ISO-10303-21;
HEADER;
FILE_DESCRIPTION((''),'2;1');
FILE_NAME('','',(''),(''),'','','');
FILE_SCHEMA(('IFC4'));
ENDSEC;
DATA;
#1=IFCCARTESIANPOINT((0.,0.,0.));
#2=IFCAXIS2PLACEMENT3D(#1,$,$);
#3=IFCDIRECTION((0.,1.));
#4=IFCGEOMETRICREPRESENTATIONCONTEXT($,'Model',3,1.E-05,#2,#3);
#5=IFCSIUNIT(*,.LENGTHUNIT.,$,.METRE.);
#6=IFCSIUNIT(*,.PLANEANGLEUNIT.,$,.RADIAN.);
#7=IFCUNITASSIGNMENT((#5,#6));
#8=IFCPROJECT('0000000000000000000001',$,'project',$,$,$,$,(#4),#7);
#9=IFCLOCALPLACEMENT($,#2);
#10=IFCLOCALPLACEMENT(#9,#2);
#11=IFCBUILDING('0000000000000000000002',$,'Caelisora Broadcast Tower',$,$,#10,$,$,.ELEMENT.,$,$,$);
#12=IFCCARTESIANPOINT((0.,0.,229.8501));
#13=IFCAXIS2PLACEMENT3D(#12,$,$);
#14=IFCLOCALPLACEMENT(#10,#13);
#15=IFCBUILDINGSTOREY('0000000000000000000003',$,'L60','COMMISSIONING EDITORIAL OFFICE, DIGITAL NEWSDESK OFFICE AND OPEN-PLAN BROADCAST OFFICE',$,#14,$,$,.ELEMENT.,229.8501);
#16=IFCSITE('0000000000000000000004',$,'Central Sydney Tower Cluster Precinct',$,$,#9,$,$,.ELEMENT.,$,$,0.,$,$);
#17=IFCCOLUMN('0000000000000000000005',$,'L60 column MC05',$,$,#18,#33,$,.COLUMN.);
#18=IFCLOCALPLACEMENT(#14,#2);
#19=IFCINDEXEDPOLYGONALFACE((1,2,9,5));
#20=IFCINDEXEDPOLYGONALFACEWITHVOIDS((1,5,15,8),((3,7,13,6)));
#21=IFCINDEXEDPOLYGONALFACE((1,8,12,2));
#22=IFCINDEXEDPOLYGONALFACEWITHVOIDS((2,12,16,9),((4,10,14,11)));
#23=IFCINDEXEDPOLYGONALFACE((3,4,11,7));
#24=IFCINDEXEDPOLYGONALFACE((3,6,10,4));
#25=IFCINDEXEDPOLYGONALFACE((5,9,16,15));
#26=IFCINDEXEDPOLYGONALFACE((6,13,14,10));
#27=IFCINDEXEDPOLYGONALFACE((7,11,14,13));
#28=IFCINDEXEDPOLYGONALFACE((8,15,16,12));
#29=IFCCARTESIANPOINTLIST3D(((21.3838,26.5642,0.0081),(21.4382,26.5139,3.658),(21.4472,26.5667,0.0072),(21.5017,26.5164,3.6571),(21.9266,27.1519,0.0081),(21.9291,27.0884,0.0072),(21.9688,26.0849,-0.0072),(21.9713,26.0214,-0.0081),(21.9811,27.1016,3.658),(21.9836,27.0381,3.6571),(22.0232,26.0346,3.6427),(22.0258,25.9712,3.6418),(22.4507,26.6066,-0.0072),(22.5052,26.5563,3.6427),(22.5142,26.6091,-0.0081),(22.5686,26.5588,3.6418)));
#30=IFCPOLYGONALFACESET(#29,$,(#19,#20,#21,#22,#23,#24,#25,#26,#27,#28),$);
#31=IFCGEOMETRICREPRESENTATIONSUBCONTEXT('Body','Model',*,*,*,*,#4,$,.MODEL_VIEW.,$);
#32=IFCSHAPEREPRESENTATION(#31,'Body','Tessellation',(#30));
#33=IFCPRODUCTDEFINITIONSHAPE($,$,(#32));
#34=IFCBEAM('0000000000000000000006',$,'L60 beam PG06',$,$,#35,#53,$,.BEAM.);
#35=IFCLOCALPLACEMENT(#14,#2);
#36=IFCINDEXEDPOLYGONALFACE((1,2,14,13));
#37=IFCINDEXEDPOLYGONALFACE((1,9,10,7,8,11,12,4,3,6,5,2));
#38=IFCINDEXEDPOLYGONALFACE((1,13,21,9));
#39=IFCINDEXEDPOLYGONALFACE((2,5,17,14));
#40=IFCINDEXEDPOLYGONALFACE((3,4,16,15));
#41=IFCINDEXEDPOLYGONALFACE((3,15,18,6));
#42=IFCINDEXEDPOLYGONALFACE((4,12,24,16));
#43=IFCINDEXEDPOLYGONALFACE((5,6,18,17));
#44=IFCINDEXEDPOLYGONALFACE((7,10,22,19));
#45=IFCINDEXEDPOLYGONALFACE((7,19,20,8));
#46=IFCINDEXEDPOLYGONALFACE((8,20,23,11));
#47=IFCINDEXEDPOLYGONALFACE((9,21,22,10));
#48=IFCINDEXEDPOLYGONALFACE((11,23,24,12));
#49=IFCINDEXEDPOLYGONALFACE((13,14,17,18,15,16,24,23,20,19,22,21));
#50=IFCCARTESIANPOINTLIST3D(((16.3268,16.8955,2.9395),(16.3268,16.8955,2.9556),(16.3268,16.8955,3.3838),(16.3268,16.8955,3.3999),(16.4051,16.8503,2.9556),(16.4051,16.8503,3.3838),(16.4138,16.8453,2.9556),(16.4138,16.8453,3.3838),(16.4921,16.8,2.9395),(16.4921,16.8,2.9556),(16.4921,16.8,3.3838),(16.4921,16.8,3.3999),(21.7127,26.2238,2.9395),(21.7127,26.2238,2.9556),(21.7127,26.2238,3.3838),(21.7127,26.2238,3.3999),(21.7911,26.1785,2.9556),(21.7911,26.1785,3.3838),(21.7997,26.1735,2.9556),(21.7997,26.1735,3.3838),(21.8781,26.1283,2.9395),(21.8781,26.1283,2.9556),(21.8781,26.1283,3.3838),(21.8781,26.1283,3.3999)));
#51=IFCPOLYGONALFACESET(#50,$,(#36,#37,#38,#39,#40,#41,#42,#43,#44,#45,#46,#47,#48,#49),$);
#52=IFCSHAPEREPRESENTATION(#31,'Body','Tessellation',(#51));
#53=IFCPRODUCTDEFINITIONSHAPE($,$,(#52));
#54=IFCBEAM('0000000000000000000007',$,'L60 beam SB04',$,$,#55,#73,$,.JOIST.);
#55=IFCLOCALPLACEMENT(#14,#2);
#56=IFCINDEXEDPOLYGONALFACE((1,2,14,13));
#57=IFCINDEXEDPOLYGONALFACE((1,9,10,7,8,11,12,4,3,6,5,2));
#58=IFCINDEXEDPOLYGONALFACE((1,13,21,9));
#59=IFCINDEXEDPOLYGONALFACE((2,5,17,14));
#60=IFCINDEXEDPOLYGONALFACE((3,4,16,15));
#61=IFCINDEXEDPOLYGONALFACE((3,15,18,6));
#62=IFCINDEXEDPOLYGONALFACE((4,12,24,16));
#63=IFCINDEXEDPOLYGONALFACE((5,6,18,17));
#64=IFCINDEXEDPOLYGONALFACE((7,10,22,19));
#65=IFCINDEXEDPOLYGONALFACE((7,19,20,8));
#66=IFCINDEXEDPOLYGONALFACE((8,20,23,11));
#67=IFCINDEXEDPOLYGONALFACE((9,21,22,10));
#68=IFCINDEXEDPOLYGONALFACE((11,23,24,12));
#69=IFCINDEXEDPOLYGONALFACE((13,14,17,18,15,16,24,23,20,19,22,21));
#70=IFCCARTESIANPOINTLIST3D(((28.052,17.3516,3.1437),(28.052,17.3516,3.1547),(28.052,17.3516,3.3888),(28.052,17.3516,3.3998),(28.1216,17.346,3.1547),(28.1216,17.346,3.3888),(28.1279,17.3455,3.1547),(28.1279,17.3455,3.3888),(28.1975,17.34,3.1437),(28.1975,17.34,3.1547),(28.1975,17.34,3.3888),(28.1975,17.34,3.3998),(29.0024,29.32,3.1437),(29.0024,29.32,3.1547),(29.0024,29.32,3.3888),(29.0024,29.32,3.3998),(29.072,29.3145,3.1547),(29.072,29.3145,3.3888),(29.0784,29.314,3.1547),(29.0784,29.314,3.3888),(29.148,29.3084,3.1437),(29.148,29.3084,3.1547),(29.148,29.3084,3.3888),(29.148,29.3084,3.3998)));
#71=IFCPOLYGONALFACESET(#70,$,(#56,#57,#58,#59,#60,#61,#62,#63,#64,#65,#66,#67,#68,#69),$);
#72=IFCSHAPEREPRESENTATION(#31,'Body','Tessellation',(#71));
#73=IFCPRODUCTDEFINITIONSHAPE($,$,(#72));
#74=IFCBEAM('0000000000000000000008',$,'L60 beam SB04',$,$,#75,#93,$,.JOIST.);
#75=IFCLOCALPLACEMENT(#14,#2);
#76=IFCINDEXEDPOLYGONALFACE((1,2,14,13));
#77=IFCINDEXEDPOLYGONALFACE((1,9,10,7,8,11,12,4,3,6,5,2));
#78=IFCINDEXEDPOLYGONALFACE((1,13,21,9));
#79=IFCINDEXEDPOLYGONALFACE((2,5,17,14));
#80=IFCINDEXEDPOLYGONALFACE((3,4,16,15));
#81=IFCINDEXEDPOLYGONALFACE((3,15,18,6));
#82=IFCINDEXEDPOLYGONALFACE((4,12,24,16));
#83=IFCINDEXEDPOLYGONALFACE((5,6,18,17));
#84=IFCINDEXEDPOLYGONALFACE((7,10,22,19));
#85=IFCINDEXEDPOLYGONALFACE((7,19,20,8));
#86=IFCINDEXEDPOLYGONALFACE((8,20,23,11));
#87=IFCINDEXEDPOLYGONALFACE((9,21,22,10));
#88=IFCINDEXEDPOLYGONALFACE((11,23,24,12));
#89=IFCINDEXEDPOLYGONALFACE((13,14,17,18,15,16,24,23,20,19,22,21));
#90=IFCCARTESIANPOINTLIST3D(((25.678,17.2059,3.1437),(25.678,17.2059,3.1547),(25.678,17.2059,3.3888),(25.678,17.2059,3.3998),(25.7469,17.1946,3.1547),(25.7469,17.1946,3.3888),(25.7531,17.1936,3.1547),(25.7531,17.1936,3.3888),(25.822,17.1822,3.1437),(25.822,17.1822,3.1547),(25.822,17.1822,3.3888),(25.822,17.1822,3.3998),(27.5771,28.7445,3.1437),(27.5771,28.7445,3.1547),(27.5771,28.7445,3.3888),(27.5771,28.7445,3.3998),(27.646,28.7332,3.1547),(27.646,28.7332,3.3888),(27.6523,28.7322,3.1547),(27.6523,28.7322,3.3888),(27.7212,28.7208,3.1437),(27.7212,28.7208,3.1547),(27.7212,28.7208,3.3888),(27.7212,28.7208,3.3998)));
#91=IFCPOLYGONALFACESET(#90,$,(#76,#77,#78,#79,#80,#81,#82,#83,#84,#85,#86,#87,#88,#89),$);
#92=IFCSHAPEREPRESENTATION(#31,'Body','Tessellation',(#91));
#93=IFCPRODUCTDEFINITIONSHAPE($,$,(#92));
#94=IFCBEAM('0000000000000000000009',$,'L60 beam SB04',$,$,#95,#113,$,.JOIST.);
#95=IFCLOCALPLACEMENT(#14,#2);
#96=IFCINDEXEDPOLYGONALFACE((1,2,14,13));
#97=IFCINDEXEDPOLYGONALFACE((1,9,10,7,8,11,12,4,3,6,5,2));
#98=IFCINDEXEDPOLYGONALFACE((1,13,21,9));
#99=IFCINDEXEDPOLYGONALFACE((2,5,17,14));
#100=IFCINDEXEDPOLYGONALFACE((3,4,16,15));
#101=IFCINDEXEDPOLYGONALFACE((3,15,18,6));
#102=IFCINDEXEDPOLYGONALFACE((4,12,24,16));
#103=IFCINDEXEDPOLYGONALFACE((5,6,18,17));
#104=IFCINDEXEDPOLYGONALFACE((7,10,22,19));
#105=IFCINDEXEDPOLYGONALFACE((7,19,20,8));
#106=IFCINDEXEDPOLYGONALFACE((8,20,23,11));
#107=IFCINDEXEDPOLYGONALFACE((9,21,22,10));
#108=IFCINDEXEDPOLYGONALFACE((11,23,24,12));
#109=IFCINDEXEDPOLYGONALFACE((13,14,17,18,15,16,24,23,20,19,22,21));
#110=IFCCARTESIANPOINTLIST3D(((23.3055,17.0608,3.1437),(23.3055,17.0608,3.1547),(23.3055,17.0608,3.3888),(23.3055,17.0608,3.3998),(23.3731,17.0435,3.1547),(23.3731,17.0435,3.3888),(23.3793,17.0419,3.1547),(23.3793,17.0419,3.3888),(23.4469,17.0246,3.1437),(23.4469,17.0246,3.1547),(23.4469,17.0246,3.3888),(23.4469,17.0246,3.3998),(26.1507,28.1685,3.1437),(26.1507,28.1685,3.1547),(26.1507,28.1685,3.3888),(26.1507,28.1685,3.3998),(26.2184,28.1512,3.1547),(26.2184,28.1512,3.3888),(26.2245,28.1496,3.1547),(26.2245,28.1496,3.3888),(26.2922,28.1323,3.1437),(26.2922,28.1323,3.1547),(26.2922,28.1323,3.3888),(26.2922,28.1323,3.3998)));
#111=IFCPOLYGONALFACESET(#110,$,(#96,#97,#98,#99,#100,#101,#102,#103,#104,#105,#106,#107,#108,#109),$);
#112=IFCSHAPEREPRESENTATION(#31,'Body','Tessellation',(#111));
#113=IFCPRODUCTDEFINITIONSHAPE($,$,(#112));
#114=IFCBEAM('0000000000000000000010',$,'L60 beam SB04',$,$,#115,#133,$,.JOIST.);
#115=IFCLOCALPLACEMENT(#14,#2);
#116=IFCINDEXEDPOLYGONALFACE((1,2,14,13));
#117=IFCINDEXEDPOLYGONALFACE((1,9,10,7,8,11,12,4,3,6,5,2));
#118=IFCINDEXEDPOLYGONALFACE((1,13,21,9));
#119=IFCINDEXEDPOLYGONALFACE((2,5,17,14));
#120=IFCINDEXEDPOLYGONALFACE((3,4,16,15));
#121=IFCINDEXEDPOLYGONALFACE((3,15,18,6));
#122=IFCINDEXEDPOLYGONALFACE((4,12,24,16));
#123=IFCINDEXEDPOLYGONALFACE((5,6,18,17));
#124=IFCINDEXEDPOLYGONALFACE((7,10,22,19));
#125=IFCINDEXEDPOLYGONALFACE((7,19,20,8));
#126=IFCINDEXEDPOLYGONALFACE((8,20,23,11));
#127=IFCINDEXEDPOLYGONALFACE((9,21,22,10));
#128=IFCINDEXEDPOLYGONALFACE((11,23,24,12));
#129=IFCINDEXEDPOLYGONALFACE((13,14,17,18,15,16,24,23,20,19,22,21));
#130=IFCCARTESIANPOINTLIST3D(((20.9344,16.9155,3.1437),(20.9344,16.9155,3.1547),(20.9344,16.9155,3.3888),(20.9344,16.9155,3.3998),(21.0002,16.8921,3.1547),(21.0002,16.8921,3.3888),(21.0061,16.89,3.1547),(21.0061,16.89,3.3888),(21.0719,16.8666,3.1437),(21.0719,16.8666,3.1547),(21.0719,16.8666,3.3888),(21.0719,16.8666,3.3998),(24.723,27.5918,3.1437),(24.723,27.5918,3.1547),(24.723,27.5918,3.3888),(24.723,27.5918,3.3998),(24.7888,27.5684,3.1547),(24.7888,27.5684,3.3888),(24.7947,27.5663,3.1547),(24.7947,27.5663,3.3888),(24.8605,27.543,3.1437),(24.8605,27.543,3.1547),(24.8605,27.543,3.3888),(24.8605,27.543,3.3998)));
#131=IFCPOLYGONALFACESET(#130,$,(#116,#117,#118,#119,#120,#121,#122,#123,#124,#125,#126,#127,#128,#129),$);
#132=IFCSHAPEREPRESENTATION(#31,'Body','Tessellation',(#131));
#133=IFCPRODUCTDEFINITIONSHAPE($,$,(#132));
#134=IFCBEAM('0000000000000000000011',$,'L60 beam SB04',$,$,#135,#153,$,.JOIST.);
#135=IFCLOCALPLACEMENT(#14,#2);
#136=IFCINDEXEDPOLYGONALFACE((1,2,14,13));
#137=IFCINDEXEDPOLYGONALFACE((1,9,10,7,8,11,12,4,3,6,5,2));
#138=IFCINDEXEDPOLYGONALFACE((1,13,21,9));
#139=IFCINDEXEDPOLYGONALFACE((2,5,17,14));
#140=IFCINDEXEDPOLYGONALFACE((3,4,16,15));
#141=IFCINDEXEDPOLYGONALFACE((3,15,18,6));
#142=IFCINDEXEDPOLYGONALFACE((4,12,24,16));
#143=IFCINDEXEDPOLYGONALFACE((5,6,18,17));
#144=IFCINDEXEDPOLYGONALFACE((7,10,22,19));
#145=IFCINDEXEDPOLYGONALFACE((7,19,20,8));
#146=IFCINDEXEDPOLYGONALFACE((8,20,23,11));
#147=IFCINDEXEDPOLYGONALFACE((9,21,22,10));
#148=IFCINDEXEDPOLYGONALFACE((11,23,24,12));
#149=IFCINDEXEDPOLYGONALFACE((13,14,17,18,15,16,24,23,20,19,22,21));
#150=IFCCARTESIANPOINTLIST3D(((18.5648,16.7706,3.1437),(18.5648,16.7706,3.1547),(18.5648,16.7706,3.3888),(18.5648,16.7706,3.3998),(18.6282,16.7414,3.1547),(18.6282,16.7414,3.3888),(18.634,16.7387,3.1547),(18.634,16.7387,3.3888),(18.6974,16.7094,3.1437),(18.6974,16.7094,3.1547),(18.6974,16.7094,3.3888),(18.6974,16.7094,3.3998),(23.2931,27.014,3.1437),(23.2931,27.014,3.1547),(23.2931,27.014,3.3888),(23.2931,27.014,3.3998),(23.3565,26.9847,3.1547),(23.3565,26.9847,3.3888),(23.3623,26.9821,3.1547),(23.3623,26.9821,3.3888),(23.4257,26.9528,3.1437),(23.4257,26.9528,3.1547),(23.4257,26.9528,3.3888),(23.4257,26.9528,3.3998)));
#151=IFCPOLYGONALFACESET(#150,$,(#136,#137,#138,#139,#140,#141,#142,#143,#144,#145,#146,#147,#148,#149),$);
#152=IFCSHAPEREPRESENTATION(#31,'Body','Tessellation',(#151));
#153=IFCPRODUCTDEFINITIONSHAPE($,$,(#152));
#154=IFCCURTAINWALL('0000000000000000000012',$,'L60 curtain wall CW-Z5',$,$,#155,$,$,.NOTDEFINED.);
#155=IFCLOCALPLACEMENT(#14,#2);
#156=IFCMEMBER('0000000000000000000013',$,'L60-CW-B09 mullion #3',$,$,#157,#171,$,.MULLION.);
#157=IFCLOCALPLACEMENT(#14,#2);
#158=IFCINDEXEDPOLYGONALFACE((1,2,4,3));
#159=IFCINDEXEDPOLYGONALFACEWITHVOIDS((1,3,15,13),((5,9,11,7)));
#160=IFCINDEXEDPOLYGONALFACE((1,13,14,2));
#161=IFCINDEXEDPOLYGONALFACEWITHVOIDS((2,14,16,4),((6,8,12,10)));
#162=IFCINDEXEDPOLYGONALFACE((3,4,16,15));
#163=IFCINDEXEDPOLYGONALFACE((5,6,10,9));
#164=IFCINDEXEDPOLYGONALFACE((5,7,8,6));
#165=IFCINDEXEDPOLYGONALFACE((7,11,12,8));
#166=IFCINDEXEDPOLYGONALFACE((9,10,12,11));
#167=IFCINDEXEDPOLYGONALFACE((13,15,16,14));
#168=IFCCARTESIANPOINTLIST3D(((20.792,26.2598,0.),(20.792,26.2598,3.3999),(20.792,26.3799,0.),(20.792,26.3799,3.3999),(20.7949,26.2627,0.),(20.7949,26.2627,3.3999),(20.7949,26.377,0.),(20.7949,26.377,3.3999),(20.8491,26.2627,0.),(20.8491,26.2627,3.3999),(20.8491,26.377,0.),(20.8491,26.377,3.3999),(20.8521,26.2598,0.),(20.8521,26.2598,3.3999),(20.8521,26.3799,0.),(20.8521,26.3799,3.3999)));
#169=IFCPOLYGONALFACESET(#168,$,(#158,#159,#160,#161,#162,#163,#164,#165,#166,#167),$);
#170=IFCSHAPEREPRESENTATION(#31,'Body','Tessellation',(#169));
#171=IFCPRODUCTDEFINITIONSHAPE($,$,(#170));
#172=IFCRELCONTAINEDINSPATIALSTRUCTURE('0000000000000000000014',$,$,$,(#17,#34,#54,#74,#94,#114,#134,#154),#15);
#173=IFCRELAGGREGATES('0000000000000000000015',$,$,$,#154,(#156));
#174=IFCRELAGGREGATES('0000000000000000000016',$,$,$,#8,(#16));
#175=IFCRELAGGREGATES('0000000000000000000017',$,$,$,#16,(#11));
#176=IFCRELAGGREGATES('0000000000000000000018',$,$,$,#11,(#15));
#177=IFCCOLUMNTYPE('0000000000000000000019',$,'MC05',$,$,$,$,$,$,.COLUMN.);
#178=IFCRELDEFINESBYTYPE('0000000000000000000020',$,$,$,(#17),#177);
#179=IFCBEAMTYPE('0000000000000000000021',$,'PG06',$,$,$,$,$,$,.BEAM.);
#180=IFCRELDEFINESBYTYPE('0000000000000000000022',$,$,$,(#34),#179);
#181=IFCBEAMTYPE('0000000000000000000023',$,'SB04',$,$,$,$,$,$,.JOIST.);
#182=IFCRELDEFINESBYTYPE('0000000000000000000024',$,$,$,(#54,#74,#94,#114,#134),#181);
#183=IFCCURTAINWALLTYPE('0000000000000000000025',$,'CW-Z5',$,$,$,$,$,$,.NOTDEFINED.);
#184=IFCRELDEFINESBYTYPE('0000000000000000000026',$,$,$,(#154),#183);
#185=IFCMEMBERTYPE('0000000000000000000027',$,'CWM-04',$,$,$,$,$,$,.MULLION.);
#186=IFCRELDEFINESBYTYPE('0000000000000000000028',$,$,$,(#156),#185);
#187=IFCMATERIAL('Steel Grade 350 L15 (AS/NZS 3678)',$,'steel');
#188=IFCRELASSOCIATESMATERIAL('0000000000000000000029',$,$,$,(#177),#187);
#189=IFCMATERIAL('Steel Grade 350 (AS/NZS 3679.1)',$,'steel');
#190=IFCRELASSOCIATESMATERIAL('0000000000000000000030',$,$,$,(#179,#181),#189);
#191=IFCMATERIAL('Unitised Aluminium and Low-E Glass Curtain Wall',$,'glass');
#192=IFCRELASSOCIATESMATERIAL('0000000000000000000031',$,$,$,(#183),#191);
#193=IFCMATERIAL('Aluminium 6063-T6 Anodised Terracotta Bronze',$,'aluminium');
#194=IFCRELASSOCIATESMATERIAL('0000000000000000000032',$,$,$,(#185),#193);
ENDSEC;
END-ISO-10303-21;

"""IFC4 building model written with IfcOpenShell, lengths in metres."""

from ifc_helpers import new_model, si_unit, direction, frame, origin, origin_2d, place, context, subcontext, project, spatial, hollow_rectangle, i_section, extrude, source, transform, mapped, material, material_profile, profile_set, type_object, type_shapes, element, aggregate, save


model = new_model("IFC4")

# Units and contexts
model_context = context("Model", 3, precision=1e-05, world=origin(), true_north=direction((0.0, 1.0)))
body_context = subcontext(model_context, "Body", "Model", "MODEL_VIEW")
ifc_project = project(units=[si_unit("LENGTHUNIT", "METRE"), si_unit("PLANEANGLEUNIT", "RADIAN")], contexts=[model_context])

# Site, building, storey
site_placement = place(None, origin())
site = spatial("IfcSite", under=ifc_project, at=site_placement, Name="Central Sydney Tower Cluster Precinct", CompositionType="ELEMENT", RefElevation=0.0)
building_placement = place(site_placement, origin())
building = spatial("IfcBuilding", under=site, at=building_placement, Name="Caelisora Broadcast Tower", CompositionType="ELEMENT")
storey_placement = place(building_placement, frame((0.0, 0.0, 229.8501)))
storey = spatial("IfcBuildingStorey", under=building, at=storey_placement, Name="L60", Description="COMMISSIONING EDITORIAL OFFICE, DIGITAL NEWSDESK OFFICE AND OPEN-PLAN BROADCAST OFFICE", CompositionType="ELEMENT", Elevation=229.8501)

# Column
ifc_material_1 = material(Name="Steel Grade 350 L15 (AS/NZS 3678)", Category="steel")
ifc_material_profile_1 = material_profile(ifc_material_1, hollow_rectangle(XDim=0.8, YDim=0.8, WallThickness=0.0449, at=origin_2d()), Name="Steel Grade 350 L15 (AS/NZS 3678)")
ifc_profile_set_1 = profile_set([ifc_material_profile_1], Name="Steel Grade 350 L15 (AS/NZS 3678)")
column_type = type_object("IfcColumnType", Name="MC05", PredefinedType="COLUMN", material=ifc_profile_set_1)
shared_shape_1 = source(origin(), body_context, "Body", "SweptSolid", [
    extrude(hollow_rectangle(XDim=0.8, YDim=0.8, WallThickness=0.0449, at=origin_2d()), origin(), (0.0, 0.0, 1.0), 3.6506),
])
type_shapes(column_type, [shared_shape_1])
column_placement = place(storey_placement, frame((21.949, 26.5867, 0.0), z_axis=(0.014913, -0.013776, 0.999794), x_axis=(0.678554, 0.734551, 0.0)))
element("IfcColumn", 1, at=column_placement, inside=storey, type_object=column_type, Name="L60 column MC05", PredefinedType="COLUMN", context=body_context, shape_type="MappedRepresentation", body=[
    mapped(shared_shape_1, transform((0.0, 0.0, 0.0), scale=1.0)),
])

# Beams
ifc_material_2 = material(Name="Steel Grade 350 (AS/NZS 3679.1)", Category="steel")
ifc_material_profile_2 = material_profile(ifc_material_2, i_section(OverallWidth=0.1909, OverallDepth=0.4604, WebThickness=0.01, FlangeThickness=0.0161, at=origin_2d()), Name="Steel Grade 350 (AS/NZS 3679.1)")
ifc_profile_set_2 = profile_set([ifc_material_profile_2], Name="Steel Grade 350 (AS/NZS 3679.1)")
beam_type_1 = type_object("IfcBeamType", Name="PG06", PredefinedType="BEAM", material=ifc_profile_set_2)
shared_shape_2 = source(origin(), body_context, "Body", "SweptSolid", [
    extrude(i_section(OverallWidth=0.1909, OverallDepth=0.4604, WebThickness=0.01, FlangeThickness=0.0161, at=origin_2d()), origin(), (0.0, 0.0, 1.0), 10.7715),
])
type_shapes(beam_type_1, [shared_shape_2])
beam_1_placement = place(storey_placement, frame((21.7954, 26.176, 3.1697), z_axis=(-0.500017, -0.866015, 0.0), x_axis=(0.866015, -0.500017, 0.0)))
element("IfcBeam", 2, at=beam_1_placement, inside=storey, type_object=beam_type_1, Name="L60 beam PG06", PredefinedType="BEAM", context=body_context, shape_type="MappedRepresentation", body=[
    mapped(shared_shape_2, transform((0.0, 0.0, 0.0), scale=1.0)),
])
ifc_material_profile_3 = material_profile(ifc_material_2, i_section(OverallWidth=0.146, OverallDepth=0.2561, WebThickness=0.0063, FlangeThickness=0.011, at=origin_2d()), Name="Steel Grade 350 (AS/NZS 3679.1)")
ifc_profile_set_3 = profile_set([ifc_material_profile_3], Name="Steel Grade 350 (AS/NZS 3679.1)")
beam_type_2 = type_object("IfcBeamType", Name="SB04", PredefinedType="JOIST", material=ifc_profile_set_3)
shared_shape_3 = source(origin(), body_context, "Body", "SweptSolid", [
    extrude(i_section(OverallWidth=0.146, OverallDepth=0.2561, WebThickness=0.0063, FlangeThickness=0.011, at=origin_2d()), origin(), (0.0, 0.0, 1.0), 12.0061),
])
beam_2_placement = place(storey_placement, frame((29.0752, 29.3142, 3.2717), z_axis=(-0.079162, -0.996862, 0.0), x_axis=(0.996862, -0.079162, 0.0)))
element("IfcBeam", 3, at=beam_2_placement, inside=storey, type_object=beam_type_2, Name="L60 beam SB04", PredefinedType="JOIST", context=body_context, shape_type="MappedRepresentation", body=[
    mapped(shared_shape_3, transform((0.0, 0.0, 0.0), scale=1.0)),
])
shared_shape_4 = source(origin(), body_context, "Body", "SweptSolid", [
    extrude(i_section(OverallWidth=0.146, OverallDepth=0.2561, WebThickness=0.0063, FlangeThickness=0.011, at=origin_2d()), origin(), (0.0, 0.0, 1.0), 11.6938),
])
beam_3_placement = place(storey_placement, frame((27.6492, 28.7327, 3.2717), z_axis=(-0.162408, -0.986724, 0.0), x_axis=(0.986724, -0.162408, 0.0)))
element("IfcBeam", 4, at=beam_3_placement, inside=storey, type_object=beam_type_2, Name="L60 beam SB04", PredefinedType="JOIST", context=body_context, shape_type="MappedRepresentation", body=[
    mapped(shared_shape_4, transform((0.0, 0.0, 0.0), scale=1.0)),
])
shared_shape_5 = source(origin(), body_context, "Body", "SweptSolid", [
    extrude(i_section(OverallWidth=0.146, OverallDepth=0.2561, WebThickness=0.0063, FlangeThickness=0.011, at=origin_2d()), origin(), (0.0, 0.0, 1.0), 11.4663),
])
beam_4_placement = place(storey_placement, frame((26.2214, 28.1504, 3.2717), z_axis=(-0.248138, -0.968725, 0.0), x_axis=(0.968725, -0.248138, 0.0)))
element("IfcBeam", 5, at=beam_4_placement, inside=storey, type_object=beam_type_2, Name="L60 beam SB04", PredefinedType="JOIST", context=body_context, shape_type="MappedRepresentation", body=[
    mapped(shared_shape_5, transform((0.0, 0.0, 0.0), scale=1.0)),
])
shared_shape_6 = source(origin(), body_context, "Body", "SweptSolid", [
    extrude(i_section(OverallWidth=0.146, OverallDepth=0.2561, WebThickness=0.0063, FlangeThickness=0.011, at=origin_2d()), origin(), (0.0, 0.0, 1.0), 11.3286),
])
beam_5_placement = place(storey_placement, frame((24.7917, 27.5674, 3.2717), z_axis=(-0.334427, -0.942422, 0.0), x_axis=(0.942422, -0.334427, 0.0)))
element("IfcBeam", 6, at=beam_5_placement, inside=storey, type_object=beam_type_2, Name="L60 beam SB04", PredefinedType="JOIST", context=body_context, shape_type="MappedRepresentation", body=[
    mapped(shared_shape_6, transform((0.0, 0.0, 0.0), scale=1.0)),
])
shared_shape_7 = source(origin(), body_context, "Body", "SweptSolid", [
    extrude(i_section(OverallWidth=0.146, OverallDepth=0.2561, WebThickness=0.0063, FlangeThickness=0.011, at=origin_2d()), origin(), (0.0, 0.0, 1.0), 11.282),
])
type_shapes(beam_type_2, [shared_shape_3, shared_shape_4, shared_shape_5, shared_shape_6, shared_shape_7])
beam_6_placement = place(storey_placement, frame((23.3594, 26.9834, 3.2717), z_axis=(-0.419098, -0.907941, 0.0), x_axis=(0.907941, -0.419098, 0.0)))
element("IfcBeam", 7, at=beam_6_placement, inside=storey, type_object=beam_type_2, Name="L60 beam SB04", PredefinedType="JOIST", context=body_context, shape_type="MappedRepresentation", body=[
    mapped(shared_shape_7, transform((0.0, 0.0, 0.0), scale=1.0)),
])

# Curtain wall, member
ifc_material_3 = material(Name="Unitised Aluminium and Low-E Glass Curtain Wall", Category="glass")
curtain_wall_type_1 = type_object("IfcCurtainWallType", Name="CW-Z5", PredefinedType="NOTDEFINED", material=ifc_material_3)
curtain_wall_1_placement = place(storey_placement, origin())
curtain_wall_1 = element("IfcCurtainWall", 8, at=curtain_wall_1_placement, inside=storey, type_object=curtain_wall_type_1, Name="L60 curtain wall CW-Z5", PredefinedType="NOTDEFINED")
ifc_material_4 = material(Name="Aluminium 6063-T6 Anodised Terracotta Bronze", Category="aluminium")
ifc_material_profile_4 = material_profile(ifc_material_4, hollow_rectangle(XDim=0.0601, YDim=0.1201, WallThickness=0.0029, at=origin_2d()), Name="Aluminium 6063-T6 Anodised Terracotta Bronze")
ifc_profile_set_4 = profile_set([ifc_material_profile_4], Name="Aluminium 6063-T6 Anodised Terracotta Bronze")
member_type_1 = type_object("IfcMemberType", Name="CWM-04", PredefinedType="MULLION", material=ifc_profile_set_4)
shared_shape_8 = source(origin(), body_context, "Body", "SweptSolid", [
    extrude(hollow_rectangle(XDim=0.0601, YDim=0.1201, WallThickness=0.0029, at=origin_2d()), origin(), (0.0, 0.0, 1.0), 3.3999),
])
type_shapes(member_type_1, [shared_shape_8])
member_1_placement = place(storey_placement, frame((20.822, 26.3198, 0.0), z_axis=(0.0, 0.0, 1.0), x_axis=(1.0, 0.0, 0.0)))
member_1 = element("IfcMember", 9, at=member_1_placement, type_object=member_type_1, Name="L60-CW-B09 mullion #3", PredefinedType="MULLION", context=body_context, shape_type="MappedRepresentation", body=[
    mapped(shared_shape_8, transform((0.0, 0.0, 0.0), scale=1.0)),
])

aggregate(curtain_wall_1, [member_1])

save(model, "model.ifc")
